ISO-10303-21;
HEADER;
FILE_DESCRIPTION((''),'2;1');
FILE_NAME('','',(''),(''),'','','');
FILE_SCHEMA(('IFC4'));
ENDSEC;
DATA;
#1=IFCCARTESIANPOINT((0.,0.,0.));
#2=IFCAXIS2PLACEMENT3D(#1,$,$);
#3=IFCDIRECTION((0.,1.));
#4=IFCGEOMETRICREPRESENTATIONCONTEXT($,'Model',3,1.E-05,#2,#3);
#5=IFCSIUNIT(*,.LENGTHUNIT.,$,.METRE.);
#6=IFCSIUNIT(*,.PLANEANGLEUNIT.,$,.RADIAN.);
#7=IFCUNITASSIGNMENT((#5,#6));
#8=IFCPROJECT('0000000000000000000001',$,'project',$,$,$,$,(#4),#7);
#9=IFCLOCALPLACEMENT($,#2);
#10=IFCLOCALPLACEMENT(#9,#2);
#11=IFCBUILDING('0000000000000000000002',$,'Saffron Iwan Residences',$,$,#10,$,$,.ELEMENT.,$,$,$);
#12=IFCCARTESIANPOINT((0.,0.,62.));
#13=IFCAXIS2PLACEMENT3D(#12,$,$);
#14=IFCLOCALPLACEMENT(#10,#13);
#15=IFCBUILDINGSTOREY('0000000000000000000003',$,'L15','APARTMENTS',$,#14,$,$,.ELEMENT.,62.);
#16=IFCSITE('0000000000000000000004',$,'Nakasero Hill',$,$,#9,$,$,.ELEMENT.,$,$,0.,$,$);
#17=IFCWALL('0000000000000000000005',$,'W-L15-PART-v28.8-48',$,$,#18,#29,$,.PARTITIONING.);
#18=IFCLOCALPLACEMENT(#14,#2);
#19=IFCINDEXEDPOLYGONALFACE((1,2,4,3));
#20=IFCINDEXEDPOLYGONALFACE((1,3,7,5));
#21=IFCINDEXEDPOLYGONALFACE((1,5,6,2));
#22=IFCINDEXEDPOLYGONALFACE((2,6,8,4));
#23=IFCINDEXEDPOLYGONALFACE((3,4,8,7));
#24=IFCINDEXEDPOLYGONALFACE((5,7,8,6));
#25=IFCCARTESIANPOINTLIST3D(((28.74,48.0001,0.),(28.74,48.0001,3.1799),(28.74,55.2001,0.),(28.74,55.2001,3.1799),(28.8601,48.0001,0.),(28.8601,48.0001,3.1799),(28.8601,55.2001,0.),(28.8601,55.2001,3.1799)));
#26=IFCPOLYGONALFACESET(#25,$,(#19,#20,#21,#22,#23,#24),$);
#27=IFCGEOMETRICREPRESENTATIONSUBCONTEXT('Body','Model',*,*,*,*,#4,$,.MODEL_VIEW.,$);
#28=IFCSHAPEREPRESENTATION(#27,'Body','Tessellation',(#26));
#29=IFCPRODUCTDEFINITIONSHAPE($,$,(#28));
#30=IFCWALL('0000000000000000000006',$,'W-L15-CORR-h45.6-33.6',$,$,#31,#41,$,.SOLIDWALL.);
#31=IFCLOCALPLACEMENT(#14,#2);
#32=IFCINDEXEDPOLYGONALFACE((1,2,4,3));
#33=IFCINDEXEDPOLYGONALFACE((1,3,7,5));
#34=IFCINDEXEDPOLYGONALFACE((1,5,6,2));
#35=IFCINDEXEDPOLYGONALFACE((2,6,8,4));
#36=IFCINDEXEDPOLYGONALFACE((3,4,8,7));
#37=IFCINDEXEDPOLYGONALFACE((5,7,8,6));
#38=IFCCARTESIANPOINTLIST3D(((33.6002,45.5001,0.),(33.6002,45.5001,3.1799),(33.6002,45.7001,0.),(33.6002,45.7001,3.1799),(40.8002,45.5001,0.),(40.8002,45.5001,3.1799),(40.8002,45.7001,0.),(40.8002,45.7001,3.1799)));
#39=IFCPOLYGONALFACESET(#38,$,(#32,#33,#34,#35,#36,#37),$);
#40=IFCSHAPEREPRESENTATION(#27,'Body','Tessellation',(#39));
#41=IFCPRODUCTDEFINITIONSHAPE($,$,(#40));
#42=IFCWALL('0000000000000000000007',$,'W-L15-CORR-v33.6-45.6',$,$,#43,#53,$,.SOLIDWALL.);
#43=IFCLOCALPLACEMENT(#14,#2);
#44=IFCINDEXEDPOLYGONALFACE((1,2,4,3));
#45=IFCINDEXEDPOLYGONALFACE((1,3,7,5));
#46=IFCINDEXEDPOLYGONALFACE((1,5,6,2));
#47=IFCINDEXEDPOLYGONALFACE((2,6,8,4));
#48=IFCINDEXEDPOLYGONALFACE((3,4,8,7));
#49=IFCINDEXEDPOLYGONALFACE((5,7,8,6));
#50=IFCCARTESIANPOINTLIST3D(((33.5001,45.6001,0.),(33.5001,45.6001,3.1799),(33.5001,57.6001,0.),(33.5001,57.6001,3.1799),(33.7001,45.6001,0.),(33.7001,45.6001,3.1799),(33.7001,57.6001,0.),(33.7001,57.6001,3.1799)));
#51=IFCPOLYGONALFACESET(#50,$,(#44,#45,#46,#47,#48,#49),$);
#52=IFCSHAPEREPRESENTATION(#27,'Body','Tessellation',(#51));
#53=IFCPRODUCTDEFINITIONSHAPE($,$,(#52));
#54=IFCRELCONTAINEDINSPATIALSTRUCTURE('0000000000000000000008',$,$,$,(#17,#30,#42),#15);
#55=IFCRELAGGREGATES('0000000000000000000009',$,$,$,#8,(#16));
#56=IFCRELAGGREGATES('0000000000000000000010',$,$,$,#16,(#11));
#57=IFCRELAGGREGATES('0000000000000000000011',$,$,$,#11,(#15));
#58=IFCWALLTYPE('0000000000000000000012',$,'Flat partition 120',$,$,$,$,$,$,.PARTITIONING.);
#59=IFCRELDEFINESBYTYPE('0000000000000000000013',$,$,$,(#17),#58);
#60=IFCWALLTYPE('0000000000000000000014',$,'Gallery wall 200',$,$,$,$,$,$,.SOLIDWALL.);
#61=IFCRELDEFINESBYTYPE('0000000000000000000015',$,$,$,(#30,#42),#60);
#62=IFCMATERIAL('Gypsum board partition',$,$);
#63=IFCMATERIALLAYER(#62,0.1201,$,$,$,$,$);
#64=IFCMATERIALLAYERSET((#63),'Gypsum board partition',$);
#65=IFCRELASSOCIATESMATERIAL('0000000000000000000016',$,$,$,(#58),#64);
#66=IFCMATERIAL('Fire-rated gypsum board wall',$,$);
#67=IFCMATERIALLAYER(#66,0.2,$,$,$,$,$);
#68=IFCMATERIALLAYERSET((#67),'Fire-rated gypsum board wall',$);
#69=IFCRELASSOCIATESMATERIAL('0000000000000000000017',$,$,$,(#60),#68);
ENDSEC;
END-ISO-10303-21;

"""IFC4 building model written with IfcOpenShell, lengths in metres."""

from ifc_helpers import new_model, si_unit, direction, frame, frame_2d, origin, place, context, subcontext, project, spatial, rectangle, extrude, material, layer, layer_set, type_object, element, save


model = new_model("IFC4")

# Units and contexts
model_context = context("Model", 3, precision=1e-05, world=origin(), true_north=direction((0.0, 1.0)))
body_context = subcontext(model_context, "Body", "Model", "MODEL_VIEW")
ifc_project = project(units=[si_unit("LENGTHUNIT", "METRE"), si_unit("PLANEANGLEUNIT", "RADIAN")], contexts=[model_context])

# Site, building, storey
site_placement = place(None, origin())
site = spatial("IfcSite", under=ifc_project, at=site_placement, Name="Nakasero Hill", CompositionType="ELEMENT", RefElevation=0.0)
building_placement = place(site_placement, origin())
building = spatial("IfcBuilding", under=site, at=building_placement, Name="Saffron Iwan Residences", CompositionType="ELEMENT")
storey_placement = place(building_placement, frame((0.0, 0.0, 62.0)))
storey = spatial("IfcBuildingStorey", under=building, at=storey_placement, Name="L15", Description="APARTMENTS", CompositionType="ELEMENT", Elevation=62.0)

# Shared definitions
ifc_material_1 = material(Name="Gypsum board partition")
ifc_layer_1 = layer(ifc_material_1, 0.1201)
ifc_layer_set_1 = layer_set([ifc_layer_1], Name="Gypsum board partition")
wall_type_1 = type_object("IfcWallType", Name="Flat partition 120", PredefinedType="PARTITIONING", material=ifc_layer_set_1)

# Walls
wall_1_placement = place(storey_placement, frame((28.8, 48.0, 0.0), z_axis=(0.0, 0.0, 1.0), x_axis=(0.0, 1.0, 0.0)))
element("IfcWall", 1, at=wall_1_placement, inside=storey, type_object=wall_type_1, Name="W-L15-PART-v28.8-48", PredefinedType="PARTITIONING", context=body_context, shape_type="SweptSolid", body=[
    extrude(rectangle(XDim=7.2, YDim=0.1201, at=frame_2d((3.6001, 0.0))), origin(), (0.0, 0.0, 1.0), 3.1799),
])
ifc_material_2 = material(Name="Fire-rated gypsum board wall")
ifc_layer_2 = layer(ifc_material_2, 0.2)
ifc_layer_set_2 = layer_set([ifc_layer_2], Name="Fire-rated gypsum board wall")
wall_type_2 = type_object("IfcWallType", Name="Gallery wall 200", PredefinedType="SOLIDWALL", material=ifc_layer_set_2)
wall_2_placement = place(storey_placement, frame((33.6001, 45.6001, 0.0), z_axis=(0.0, 0.0, 1.0), x_axis=(1.0, 0.0, 0.0)))
element("IfcWall", 2, at=wall_2_placement, inside=storey, type_object=wall_type_2, Name="W-L15-CORR-h45.6-33.6", PredefinedType="SOLIDWALL", context=body_context, shape_type="SweptSolid", body=[
    extrude(rectangle(XDim=7.2, YDim=0.2, at=frame_2d((3.6001, 0.0))), origin(), (0.0, 0.0, 1.0), 3.1799),
])
wall_3_placement = place(storey_placement, frame((33.6001, 45.6001, 0.0), z_axis=(0.0, 0.0, 1.0), x_axis=(0.0, 1.0, 0.0)))
element("IfcWall", 3, at=wall_3_placement, inside=storey, type_object=wall_type_2, Name="W-L15-CORR-v33.6-45.6", PredefinedType="SOLIDWALL", context=body_context, shape_type="SweptSolid", body=[
    extrude(rectangle(XDim=12.0, YDim=0.2, at=frame_2d((6.0, 0.0))), origin(), (0.0, 0.0, 1.0), 3.1799),
])

save(model, "model.ifc")
